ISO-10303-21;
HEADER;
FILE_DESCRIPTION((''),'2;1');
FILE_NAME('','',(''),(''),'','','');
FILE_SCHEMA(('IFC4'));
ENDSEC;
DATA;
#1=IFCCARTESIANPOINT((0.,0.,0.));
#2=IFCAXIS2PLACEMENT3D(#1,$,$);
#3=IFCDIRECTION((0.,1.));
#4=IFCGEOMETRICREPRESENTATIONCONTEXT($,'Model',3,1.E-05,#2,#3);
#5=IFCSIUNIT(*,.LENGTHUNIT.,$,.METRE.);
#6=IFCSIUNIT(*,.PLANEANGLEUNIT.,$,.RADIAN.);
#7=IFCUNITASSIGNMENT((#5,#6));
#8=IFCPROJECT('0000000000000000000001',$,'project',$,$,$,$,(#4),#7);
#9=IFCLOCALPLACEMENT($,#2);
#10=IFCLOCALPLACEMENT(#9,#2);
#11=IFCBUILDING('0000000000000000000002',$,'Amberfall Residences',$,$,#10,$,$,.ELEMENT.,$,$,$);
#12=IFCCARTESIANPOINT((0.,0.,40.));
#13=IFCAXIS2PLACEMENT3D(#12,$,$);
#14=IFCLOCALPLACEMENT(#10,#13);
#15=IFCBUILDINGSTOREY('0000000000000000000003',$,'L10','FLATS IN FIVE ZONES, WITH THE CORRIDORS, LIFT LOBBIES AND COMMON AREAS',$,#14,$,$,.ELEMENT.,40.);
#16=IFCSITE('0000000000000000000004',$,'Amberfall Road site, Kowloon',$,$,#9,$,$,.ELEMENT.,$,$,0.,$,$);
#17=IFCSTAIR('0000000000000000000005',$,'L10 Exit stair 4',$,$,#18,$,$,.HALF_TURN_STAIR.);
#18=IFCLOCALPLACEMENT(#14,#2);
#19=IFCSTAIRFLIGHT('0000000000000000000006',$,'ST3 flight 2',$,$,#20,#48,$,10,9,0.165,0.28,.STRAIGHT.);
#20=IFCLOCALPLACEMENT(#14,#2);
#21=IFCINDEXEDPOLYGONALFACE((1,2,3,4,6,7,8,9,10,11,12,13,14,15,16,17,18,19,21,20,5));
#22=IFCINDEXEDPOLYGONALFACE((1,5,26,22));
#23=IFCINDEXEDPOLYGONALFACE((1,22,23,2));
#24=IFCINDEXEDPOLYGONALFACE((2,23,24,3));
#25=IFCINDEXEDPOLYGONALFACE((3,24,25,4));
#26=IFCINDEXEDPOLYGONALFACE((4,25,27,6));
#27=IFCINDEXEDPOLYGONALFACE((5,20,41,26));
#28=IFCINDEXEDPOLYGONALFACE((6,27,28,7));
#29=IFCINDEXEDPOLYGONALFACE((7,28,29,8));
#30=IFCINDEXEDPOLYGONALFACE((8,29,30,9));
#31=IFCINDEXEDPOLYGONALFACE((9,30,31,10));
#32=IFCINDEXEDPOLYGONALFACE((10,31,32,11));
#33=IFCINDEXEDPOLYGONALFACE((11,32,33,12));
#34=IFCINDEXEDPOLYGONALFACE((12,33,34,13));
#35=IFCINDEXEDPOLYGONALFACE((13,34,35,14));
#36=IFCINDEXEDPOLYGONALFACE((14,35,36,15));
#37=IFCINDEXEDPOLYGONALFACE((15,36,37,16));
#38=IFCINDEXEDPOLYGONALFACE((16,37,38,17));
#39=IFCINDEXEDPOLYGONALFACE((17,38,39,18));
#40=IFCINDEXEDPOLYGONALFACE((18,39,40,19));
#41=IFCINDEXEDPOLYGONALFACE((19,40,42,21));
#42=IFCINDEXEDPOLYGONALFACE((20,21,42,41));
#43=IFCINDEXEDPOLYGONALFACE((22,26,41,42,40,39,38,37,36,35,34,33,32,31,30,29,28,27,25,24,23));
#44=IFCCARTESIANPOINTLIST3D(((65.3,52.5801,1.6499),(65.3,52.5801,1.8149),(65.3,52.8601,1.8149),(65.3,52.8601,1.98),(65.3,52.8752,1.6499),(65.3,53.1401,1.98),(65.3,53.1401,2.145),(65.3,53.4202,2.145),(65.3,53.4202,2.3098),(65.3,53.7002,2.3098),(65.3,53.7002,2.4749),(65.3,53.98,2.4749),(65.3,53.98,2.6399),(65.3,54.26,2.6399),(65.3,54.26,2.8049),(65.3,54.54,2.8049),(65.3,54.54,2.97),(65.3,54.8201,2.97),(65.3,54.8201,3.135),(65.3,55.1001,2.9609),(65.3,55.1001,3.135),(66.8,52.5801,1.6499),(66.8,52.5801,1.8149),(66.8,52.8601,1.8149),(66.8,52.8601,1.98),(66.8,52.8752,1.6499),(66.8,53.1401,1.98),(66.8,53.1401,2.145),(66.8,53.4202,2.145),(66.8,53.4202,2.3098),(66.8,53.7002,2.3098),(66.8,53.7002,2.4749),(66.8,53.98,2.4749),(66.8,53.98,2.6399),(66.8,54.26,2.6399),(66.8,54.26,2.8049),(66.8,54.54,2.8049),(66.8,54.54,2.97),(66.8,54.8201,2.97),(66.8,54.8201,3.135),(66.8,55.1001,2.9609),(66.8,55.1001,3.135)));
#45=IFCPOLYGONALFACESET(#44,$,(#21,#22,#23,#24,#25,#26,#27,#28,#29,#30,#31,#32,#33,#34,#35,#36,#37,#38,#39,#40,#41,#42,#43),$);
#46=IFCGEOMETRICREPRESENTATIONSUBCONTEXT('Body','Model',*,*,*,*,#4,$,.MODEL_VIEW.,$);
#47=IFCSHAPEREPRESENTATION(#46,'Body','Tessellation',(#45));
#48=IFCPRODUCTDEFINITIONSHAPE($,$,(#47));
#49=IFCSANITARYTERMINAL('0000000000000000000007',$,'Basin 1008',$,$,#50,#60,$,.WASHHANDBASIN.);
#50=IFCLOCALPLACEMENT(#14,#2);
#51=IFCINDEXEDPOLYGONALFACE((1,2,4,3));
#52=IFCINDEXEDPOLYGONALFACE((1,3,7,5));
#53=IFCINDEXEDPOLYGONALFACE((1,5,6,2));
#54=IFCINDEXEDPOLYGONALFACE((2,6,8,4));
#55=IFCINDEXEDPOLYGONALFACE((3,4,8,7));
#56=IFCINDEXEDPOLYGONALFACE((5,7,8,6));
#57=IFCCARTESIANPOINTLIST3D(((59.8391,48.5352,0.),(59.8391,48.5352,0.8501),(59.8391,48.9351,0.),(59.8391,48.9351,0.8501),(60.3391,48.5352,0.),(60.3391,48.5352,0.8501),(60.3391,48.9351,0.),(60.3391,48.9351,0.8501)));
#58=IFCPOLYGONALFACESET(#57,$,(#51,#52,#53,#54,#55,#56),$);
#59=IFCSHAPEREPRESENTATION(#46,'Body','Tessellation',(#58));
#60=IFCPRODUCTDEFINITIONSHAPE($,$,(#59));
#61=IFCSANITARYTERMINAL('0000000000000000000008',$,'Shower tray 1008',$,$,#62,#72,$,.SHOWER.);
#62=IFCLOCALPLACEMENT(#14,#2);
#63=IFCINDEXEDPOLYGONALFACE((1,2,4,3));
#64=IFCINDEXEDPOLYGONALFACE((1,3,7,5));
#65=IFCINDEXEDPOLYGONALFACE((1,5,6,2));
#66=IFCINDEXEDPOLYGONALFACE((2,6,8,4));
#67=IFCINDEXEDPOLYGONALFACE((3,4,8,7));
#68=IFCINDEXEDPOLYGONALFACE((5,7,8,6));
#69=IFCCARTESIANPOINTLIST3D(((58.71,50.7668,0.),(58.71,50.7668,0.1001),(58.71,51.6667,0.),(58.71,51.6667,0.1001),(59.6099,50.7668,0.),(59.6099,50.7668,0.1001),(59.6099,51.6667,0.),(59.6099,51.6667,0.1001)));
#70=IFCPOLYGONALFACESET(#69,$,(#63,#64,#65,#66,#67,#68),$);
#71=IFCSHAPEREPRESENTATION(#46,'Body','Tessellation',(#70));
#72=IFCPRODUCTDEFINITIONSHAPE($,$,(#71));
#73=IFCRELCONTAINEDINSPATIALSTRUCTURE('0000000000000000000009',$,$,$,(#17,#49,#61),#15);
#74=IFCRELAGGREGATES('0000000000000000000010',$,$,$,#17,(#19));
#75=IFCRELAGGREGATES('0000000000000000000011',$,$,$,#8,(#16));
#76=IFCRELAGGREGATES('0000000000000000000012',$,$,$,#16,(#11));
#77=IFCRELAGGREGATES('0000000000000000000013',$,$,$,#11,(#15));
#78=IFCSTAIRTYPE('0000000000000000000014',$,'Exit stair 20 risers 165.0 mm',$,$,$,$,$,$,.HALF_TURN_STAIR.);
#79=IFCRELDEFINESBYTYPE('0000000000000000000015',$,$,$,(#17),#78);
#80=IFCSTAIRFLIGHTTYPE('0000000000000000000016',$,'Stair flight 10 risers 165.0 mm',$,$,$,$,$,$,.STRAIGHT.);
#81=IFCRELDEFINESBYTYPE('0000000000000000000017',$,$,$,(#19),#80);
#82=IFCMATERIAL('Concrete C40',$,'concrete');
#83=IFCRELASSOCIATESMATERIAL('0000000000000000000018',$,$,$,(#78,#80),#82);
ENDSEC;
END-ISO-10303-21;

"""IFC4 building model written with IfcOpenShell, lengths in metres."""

from ifc_helpers import new_model, si_unit, direction, frame, origin, origin_2d, place, context, subcontext, project, spatial, polyline, rectangle, outline, extrude, material, type_object, element, aggregate, save


model = new_model("IFC4")

# Units and contexts
model_context = context("Model", 3, precision=1e-05, world=origin(), true_north=direction((0.0, 1.0)))
body_context = subcontext(model_context, "Body", "Model", "MODEL_VIEW")
ifc_project = project(units=[si_unit("LENGTHUNIT", "METRE"), si_unit("PLANEANGLEUNIT", "RADIAN")], contexts=[model_context])

# Site, building, storey
site_placement = place(None, origin())
site = spatial("IfcSite", under=ifc_project, at=site_placement, Name="Amberfall Road site, Kowloon", CompositionType="ELEMENT", RefElevation=0.0)
building_placement = place(site_placement, origin())
building = spatial("IfcBuilding", under=site, at=building_placement, Name="Amberfall Residences", CompositionType="ELEMENT")
storey_placement = place(building_placement, frame((0.0, 0.0, 40.0)))
storey = spatial("IfcBuildingStorey", under=building, at=storey_placement, Name="L10", Description="FLATS IN FIVE ZONES, WITH THE CORRIDORS, LIFT LOBBIES AND COMMON AREAS", CompositionType="ELEMENT", Elevation=40.0)

# Stair, stair flight
ifc_material_1 = material(Name="Concrete C40", Category="concrete")
stair_type = type_object("IfcStairType", Name="Exit stair 20 risers 165.0 mm", PredefinedType="HALF_TURN_STAIR", material=ifc_material_1)
stair_placement = place(storey_placement, origin())
stair = element("IfcStair", 1, at=stair_placement, inside=storey, type_object=stair_type, Name="L10 Exit stair 4", PredefinedType="HALF_TURN_STAIR")
stair_flight_type = type_object("IfcStairFlightType", Name="Stair flight 10 risers 165.0 mm", PredefinedType="STRAIGHT", material=ifc_material_1)
stair_flight_placement = place(storey_placement, frame((66.05, 52.5801, 1.6499), z_axis=(0.0, 0.0, 1.0), x_axis=(0.0, 1.0, 0.0)))
stair_flight = element("IfcStairFlight", 2, at=stair_flight_placement, type_object=stair_flight_type, Name="ST3 flight 2", NumberOfRisers=10, NumberOfTreads=9, PredefinedType="STRAIGHT", RiserHeight=0.165, TreadLength=0.28, context=body_context, shape_type="SweptSolid", body=[
    extrude(outline(polyline([(0.0, 0.0), (0.0, 0.165), (0.28, 0.165), (0.28, 0.3301), (0.5601, 0.3301), (0.5601, 0.4951), (0.8401, 0.4951), (0.8401, 0.6599), (1.1201, 0.6599), (1.1201, 0.825), (1.3999, 0.825), (1.3999, 0.99), (1.6799, 0.99), (1.6799, 1.155), (1.96, 1.155), (1.96, 1.3201), (2.24, 1.3201), (2.24, 1.4851), (2.52, 1.4851), (2.52, 1.6499), (2.52, 1.311), (0.2952, 0.0), (0.0, 0.0)])), frame((0.0, 0.75, 0.0), z_axis=(0.0, -1.0, 0.0), x_axis=(1.0, 0.0, 0.0)), (0.0, 0.0, 1.0), 1.5),
])
aggregate(stair, [stair_flight])

# Sanitary terminals
sanitary_terminal_1_placement = place(storey_placement, frame((60.0891, 48.7351, 0.0), z_axis=(0.0, 0.0, 1.0), x_axis=(1.0, 0.0, 0.0)))
element("IfcSanitaryTerminal", 3, at=sanitary_terminal_1_placement, inside=storey, Name="Basin 1008", PredefinedType="WASHHANDBASIN", context=body_context, shape_type="SweptSolid", body=[
    extrude(rectangle(XDim=0.5, YDim=0.3999, at=origin_2d()), origin(), (0.0, 0.0, 1.0), 0.8501),
])
sanitary_terminal_2_placement = place(storey_placement, frame((59.1599, 51.2168, 0.0), z_axis=(0.0, 0.0, 1.0), x_axis=(1.0, 0.0, 0.0)))
element("IfcSanitaryTerminal", 4, at=sanitary_terminal_2_placement, inside=storey, Name="Shower tray 1008", PredefinedType="SHOWER", context=body_context, shape_type="SweptSolid", body=[
    extrude(rectangle(XDim=0.8999, YDim=0.8999, at=origin_2d()), origin(), (0.0, 0.0, 1.0), 0.1001),
])

save(model, "model.ifc")
